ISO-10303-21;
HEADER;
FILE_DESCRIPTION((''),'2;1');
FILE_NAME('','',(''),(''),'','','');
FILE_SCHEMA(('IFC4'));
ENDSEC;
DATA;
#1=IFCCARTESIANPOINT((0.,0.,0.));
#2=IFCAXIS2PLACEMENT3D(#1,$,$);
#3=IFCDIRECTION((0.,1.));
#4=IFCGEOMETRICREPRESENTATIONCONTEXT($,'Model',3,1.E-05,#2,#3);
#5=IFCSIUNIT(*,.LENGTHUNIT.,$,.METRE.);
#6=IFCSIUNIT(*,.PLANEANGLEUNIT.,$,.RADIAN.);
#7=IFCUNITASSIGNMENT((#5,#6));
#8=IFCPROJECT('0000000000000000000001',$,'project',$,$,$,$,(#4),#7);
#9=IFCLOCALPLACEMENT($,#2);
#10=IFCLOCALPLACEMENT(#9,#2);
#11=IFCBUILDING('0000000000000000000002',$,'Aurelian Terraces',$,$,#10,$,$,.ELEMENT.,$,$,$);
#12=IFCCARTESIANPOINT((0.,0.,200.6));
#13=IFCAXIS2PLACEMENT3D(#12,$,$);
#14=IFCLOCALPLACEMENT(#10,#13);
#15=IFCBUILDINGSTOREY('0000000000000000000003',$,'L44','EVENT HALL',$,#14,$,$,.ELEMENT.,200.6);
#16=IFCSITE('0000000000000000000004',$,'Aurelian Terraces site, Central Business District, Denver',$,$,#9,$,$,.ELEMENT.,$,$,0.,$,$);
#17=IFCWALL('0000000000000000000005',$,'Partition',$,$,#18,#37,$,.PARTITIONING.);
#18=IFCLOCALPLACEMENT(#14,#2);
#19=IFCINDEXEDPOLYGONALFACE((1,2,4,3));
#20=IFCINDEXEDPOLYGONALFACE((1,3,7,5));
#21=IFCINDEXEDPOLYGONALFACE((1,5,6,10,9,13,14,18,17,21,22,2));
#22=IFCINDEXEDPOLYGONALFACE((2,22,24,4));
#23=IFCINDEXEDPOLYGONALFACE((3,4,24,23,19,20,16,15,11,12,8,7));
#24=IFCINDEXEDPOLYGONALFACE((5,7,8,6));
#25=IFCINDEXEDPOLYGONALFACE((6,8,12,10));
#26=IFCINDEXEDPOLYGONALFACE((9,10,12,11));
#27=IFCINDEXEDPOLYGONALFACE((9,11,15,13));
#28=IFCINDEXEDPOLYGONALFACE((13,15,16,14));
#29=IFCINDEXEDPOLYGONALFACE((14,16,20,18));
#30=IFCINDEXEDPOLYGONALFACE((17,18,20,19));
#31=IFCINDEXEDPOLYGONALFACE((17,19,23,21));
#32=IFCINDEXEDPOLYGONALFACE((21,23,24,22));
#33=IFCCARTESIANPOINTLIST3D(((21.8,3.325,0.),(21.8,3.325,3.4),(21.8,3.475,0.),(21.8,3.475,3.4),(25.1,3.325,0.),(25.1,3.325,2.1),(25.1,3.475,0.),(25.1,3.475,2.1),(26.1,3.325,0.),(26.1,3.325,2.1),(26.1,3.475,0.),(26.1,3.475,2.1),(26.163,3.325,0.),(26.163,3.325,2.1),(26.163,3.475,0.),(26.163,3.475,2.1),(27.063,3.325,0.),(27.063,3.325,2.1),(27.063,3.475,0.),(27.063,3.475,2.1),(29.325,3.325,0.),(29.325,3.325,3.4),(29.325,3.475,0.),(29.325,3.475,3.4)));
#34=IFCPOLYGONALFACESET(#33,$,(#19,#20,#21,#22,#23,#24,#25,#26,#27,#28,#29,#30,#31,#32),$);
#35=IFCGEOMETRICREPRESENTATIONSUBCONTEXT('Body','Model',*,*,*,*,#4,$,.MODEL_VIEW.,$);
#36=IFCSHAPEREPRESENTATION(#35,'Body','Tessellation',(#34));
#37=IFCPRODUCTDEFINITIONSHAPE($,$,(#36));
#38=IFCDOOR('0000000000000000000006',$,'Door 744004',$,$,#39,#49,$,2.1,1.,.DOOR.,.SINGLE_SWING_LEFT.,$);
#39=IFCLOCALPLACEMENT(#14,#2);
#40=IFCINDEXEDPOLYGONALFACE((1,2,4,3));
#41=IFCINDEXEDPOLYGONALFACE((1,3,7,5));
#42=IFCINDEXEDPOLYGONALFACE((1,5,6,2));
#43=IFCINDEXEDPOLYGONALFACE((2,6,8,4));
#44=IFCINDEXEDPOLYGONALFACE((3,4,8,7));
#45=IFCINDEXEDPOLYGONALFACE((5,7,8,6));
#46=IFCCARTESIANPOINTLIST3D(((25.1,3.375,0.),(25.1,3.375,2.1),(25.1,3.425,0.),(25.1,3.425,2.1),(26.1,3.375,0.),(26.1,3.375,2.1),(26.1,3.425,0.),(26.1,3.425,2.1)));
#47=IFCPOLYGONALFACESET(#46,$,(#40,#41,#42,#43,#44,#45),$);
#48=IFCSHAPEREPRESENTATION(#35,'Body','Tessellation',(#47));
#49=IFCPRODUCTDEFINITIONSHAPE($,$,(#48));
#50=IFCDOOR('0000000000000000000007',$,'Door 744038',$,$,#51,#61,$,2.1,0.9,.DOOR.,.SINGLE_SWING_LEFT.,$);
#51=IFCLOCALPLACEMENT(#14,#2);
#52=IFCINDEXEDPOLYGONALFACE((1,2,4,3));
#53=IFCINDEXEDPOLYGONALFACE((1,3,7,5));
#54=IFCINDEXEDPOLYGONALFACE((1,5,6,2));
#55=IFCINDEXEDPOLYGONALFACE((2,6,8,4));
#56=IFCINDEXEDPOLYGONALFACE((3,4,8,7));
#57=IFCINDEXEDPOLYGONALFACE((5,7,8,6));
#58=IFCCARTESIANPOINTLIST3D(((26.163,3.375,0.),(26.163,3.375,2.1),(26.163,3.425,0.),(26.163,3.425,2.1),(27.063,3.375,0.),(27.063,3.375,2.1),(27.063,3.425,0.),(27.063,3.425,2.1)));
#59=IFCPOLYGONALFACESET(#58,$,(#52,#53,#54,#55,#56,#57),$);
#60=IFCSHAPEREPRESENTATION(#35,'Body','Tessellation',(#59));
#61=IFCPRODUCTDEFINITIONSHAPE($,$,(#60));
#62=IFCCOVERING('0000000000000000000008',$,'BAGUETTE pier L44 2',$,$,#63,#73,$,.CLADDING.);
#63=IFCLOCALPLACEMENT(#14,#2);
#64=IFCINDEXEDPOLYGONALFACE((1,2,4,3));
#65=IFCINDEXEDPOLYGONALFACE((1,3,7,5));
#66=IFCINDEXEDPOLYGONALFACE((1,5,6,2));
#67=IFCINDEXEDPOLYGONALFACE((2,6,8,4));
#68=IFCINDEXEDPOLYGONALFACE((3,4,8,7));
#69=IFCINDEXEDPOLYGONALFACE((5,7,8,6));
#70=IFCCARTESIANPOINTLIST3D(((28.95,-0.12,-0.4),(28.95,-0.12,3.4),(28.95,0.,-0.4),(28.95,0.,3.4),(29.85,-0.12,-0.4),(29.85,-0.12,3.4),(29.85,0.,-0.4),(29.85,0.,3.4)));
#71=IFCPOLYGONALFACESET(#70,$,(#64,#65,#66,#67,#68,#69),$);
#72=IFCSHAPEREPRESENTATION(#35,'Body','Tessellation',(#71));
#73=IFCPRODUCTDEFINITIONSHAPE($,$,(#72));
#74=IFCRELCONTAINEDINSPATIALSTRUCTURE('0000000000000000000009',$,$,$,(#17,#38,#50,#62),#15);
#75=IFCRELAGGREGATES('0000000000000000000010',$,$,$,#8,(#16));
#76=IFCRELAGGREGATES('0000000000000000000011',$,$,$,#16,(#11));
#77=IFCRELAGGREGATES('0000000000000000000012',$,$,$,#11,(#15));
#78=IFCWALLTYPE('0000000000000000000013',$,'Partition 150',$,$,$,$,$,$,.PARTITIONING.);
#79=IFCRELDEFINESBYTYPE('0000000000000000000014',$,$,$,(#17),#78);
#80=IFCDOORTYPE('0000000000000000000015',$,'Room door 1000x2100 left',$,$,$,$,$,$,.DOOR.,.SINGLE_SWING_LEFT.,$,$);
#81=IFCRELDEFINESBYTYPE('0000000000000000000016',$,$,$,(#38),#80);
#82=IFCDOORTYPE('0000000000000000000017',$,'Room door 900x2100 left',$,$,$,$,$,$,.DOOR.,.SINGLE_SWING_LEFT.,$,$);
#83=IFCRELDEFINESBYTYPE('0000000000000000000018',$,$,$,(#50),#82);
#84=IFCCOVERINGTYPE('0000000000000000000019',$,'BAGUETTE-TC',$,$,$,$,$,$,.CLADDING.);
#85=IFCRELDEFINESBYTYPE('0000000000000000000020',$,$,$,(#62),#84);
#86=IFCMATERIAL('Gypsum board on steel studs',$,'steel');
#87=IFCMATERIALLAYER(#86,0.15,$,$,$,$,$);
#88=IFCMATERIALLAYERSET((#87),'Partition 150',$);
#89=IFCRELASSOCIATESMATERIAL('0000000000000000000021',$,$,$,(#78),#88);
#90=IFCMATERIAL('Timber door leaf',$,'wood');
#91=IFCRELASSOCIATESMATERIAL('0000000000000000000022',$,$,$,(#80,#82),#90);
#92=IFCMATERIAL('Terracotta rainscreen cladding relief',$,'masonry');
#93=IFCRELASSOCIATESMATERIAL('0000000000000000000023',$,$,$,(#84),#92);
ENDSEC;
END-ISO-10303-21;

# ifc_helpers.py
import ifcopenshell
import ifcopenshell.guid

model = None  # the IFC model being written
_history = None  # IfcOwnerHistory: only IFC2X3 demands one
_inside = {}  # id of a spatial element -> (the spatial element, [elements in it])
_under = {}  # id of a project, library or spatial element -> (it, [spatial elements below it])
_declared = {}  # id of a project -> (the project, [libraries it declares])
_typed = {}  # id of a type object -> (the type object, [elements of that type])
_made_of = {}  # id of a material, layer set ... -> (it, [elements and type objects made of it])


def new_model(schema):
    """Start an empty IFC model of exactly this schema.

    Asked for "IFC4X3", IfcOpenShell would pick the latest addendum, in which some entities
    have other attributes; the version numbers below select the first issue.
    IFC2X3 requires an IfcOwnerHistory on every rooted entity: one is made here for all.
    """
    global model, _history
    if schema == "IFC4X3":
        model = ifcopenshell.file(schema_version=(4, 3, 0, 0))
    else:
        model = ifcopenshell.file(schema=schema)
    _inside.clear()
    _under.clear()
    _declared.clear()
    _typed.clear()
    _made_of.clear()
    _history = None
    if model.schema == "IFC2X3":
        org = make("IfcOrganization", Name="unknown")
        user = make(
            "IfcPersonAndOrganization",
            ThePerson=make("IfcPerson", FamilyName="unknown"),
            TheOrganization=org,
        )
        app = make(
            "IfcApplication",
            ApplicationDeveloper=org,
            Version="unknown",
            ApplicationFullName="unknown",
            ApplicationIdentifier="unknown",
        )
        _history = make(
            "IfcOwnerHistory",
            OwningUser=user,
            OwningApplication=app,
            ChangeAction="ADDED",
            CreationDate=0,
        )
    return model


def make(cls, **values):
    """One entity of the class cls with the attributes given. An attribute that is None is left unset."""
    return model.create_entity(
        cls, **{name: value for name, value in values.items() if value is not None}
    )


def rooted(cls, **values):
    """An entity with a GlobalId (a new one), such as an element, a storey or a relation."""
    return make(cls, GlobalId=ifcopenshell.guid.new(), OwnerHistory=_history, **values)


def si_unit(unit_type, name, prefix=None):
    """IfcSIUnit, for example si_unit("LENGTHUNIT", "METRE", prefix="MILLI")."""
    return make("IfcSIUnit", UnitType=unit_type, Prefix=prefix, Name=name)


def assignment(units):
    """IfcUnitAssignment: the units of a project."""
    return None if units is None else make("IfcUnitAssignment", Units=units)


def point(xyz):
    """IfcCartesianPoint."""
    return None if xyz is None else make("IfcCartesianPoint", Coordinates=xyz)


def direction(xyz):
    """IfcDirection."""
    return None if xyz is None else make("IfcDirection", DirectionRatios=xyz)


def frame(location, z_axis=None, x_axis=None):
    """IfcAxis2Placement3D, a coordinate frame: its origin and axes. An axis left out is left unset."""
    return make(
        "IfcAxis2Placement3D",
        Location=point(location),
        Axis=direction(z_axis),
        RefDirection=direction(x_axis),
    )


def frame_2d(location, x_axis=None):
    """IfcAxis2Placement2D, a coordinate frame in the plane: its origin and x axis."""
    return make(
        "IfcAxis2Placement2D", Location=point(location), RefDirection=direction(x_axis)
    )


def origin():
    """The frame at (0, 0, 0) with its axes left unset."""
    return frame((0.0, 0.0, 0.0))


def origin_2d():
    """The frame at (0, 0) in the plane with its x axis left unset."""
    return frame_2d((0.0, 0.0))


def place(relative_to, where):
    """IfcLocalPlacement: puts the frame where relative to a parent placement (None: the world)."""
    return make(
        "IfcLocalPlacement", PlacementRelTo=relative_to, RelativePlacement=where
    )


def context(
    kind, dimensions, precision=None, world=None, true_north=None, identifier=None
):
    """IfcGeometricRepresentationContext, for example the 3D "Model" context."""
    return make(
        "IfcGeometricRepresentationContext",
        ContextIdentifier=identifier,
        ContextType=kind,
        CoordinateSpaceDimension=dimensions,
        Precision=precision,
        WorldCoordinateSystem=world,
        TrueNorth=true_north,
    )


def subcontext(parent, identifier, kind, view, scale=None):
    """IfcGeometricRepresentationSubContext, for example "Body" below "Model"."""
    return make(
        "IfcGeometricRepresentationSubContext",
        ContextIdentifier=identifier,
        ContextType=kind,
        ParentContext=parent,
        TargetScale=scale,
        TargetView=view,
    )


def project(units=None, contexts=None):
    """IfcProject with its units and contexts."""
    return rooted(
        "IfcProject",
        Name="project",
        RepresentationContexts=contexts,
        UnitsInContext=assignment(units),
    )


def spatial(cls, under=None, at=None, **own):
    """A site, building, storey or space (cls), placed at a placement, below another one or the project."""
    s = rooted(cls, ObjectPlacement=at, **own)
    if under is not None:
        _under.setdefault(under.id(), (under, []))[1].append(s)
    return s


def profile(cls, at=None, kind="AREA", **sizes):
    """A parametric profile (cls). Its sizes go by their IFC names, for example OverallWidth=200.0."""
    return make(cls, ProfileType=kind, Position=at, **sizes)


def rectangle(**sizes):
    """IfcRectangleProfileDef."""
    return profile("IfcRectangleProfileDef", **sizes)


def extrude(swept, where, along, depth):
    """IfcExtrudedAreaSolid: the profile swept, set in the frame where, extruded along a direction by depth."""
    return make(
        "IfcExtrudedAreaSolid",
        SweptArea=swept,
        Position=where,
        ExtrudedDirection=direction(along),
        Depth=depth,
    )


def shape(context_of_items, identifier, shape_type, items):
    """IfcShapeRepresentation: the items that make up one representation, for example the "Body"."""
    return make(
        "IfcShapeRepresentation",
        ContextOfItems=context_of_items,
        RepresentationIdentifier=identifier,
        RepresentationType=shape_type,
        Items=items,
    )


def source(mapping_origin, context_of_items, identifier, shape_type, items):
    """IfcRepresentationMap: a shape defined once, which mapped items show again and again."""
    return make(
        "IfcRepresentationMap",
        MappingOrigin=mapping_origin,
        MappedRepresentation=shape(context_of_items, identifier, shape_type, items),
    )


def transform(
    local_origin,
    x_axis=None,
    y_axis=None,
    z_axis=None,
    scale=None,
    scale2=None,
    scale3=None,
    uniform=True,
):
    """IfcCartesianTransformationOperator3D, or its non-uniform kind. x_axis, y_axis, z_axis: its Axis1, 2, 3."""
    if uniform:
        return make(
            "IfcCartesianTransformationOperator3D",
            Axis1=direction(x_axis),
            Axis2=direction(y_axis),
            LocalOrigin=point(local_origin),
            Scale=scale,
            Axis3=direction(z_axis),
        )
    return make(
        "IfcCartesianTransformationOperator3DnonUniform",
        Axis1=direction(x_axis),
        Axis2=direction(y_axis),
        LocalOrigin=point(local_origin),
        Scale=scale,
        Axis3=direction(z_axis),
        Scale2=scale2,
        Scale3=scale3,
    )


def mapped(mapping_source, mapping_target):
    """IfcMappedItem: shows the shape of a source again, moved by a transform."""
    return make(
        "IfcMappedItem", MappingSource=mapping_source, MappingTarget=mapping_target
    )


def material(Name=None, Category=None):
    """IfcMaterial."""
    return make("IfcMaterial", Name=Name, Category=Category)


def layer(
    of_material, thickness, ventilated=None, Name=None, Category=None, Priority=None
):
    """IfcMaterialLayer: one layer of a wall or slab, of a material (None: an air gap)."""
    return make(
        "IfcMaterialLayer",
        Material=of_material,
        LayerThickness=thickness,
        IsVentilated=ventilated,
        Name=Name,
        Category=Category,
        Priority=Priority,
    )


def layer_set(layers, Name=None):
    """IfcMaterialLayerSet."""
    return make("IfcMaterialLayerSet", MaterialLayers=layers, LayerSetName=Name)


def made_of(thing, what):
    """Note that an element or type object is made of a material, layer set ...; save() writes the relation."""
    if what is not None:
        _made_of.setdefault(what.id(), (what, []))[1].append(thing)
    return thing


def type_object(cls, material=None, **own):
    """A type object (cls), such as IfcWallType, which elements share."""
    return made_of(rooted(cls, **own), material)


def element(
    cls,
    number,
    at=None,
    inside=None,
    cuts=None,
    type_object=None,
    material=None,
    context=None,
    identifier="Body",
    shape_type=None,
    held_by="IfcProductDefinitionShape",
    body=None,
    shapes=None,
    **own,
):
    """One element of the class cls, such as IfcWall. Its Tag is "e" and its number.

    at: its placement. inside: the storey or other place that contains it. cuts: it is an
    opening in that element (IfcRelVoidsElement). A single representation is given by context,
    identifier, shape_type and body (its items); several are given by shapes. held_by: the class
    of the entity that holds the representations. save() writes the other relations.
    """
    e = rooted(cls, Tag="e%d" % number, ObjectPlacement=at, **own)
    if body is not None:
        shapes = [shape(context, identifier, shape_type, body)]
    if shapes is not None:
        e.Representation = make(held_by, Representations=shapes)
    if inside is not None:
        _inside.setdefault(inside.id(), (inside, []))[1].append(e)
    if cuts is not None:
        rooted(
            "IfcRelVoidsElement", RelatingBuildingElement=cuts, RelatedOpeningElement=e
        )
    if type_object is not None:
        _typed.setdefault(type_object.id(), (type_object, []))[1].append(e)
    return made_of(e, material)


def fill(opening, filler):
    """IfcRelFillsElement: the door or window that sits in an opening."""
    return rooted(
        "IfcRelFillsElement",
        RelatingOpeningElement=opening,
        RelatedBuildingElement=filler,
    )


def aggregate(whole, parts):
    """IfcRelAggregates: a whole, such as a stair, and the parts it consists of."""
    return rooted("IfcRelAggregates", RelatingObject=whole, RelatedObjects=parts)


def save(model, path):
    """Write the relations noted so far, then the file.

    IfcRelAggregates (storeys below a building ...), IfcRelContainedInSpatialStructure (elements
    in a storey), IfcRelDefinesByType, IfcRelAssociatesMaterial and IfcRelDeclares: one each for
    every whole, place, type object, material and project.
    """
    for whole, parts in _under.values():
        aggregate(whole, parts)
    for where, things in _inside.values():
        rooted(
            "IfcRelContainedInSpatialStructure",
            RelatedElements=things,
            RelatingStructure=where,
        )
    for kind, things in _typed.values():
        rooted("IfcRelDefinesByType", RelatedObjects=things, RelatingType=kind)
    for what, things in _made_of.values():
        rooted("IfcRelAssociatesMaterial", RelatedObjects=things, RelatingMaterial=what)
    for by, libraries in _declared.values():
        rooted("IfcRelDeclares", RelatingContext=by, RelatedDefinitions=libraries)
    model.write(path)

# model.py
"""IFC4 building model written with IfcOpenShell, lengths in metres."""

from ifc_helpers import new_model, si_unit, direction, frame, frame_2d, origin, origin_2d, place, context, subcontext, project, spatial, rectangle, extrude, source, transform, mapped, material, layer, layer_set, type_object, element, fill, save


model = new_model("IFC4")

# Units and contexts
model_context = context("Model", 3, precision=1e-05, world=origin(), true_north=direction((0.0, 1.0)))
body_context = subcontext(model_context, "Body", "Model", "MODEL_VIEW")
ifc_project = project(units=[si_unit("LENGTHUNIT", "METRE"), si_unit("PLANEANGLEUNIT", "RADIAN")], contexts=[model_context])

# Site, building, storey
site_placement = place(None, origin())
site = spatial("IfcSite", under=ifc_project, at=site_placement, Name="Aurelian Terraces site, Central Business District, Denver", CompositionType="ELEMENT", RefElevation=0.0)
building_placement = place(site_placement, origin())
building = spatial("IfcBuilding", under=site, at=building_placement, Name="Aurelian Terraces", CompositionType="ELEMENT")
storey_placement = place(building_placement, frame((0.0, 0.0, 200.6)))
storey = spatial("IfcBuildingStorey", under=building, at=storey_placement, Name="L44", Description="EVENT HALL", CompositionType="ELEMENT", Elevation=200.6)

# Shared definitions
ifc_material_1 = material(Name="Gypsum board on steel studs", Category="steel")
ifc_layer_1 = layer(ifc_material_1, 0.15)
ifc_layer_set_1 = layer_set([ifc_layer_1], Name="Partition 150")
wall_type_1 = type_object("IfcWallType", Name="Partition 150", PredefinedType="PARTITIONING", material=ifc_layer_set_1)

# Wall, openings, doors
shared_shape_1 = source(origin(), body_context, "Body", "SweptSolid", [
    extrude(rectangle(XDim=7.525, YDim=0.15, at=frame_2d((3.7625, 0.0))), origin(), (0.0, 0.0, 1.0), 3.4),
])
wall_1_placement = place(storey_placement, frame((21.8, 3.4, 0.0), z_axis=(0.0, 0.0, 1.0), x_axis=(1.0, 0.0, 0.0)))
wall_1 = element("IfcWall", 1, at=wall_1_placement, inside=storey, type_object=wall_type_1, Name="Partition", PredefinedType="PARTITIONING", context=body_context, shape_type="MappedRepresentation", body=[
    mapped(shared_shape_1, transform((0.0, 0.0, 0.0), scale=1.0)),
])
shared_shape_2 = source(origin(), body_context, "Body", "SweptSolid", [
    extrude(rectangle(XDim=1.0, YDim=2.1, at=frame_2d((0.5, 1.05))), frame((0.0, 0.085, 0.0), z_axis=(0.0, -1.0, 0.0), x_axis=(1.0, 0.0, 0.0)), (0.0, 0.0, 1.0), 0.17),
])
opening_1_placement = place(wall_1_placement, frame((3.3, 0.0, 0.0)))
opening_1 = element("IfcOpeningElement", 2, at=opening_1_placement, cuts=wall_1, PredefinedType="OPENING", context=body_context, shape_type="MappedRepresentation", body=[
    mapped(shared_shape_2, transform((0.0, 0.0, 0.0), scale=1.0)),
])
shared_shape_3 = source(origin(), body_context, "Body", "SweptSolid", [
    extrude(rectangle(XDim=0.9, YDim=2.1, at=frame_2d((0.45, 1.05))), frame((0.0, 0.085, 0.0), z_axis=(0.0, -1.0, 0.0), x_axis=(1.0, 0.0, 0.0)), (0.0, 0.0, 1.0), 0.17),
])
opening_2_placement = place(wall_1_placement, frame((4.363, 0.0, 0.0)))
opening_2 = element("IfcOpeningElement", 3, at=opening_2_placement, cuts=wall_1, PredefinedType="OPENING", context=body_context, shape_type="MappedRepresentation", body=[
    mapped(shared_shape_3, transform((0.0, 0.0, 0.0), scale=1.0)),
])
ifc_material_2 = material(Name="Timber door leaf", Category="wood")
door_type_1 = type_object("IfcDoorType", Name="Room door 1000x2100 left", OperationType="SINGLE_SWING_LEFT", PredefinedType="DOOR", material=ifc_material_2)
shared_shape_4 = source(origin(), body_context, "Body", "SweptSolid", [
    extrude(rectangle(XDim=1.0, YDim=2.1, at=frame_2d((0.5, 1.05))), frame((0.0, 0.025, 0.0), z_axis=(0.0, -1.0, 0.0), x_axis=(1.0, 0.0, 0.0)), (0.0, 0.0, 1.0), 0.05),
])
door_1_placement = place(opening_1_placement, origin())
door_1 = element("IfcDoor", 4, at=door_1_placement, inside=storey, type_object=door_type_1, Name="Door 744004", OperationType="SINGLE_SWING_LEFT", OverallHeight=2.1, OverallWidth=1.0, PredefinedType="DOOR", context=body_context, shape_type="MappedRepresentation", body=[
    mapped(shared_shape_4, transform((0.0, 0.0, 0.0), scale=1.0)),
])
fill(opening_1, door_1)
door_type_2 = type_object("IfcDoorType", Name="Room door 900x2100 left", OperationType="SINGLE_SWING_LEFT", PredefinedType="DOOR", material=ifc_material_2)
shared_shape_5 = source(origin(), body_context, "Body", "SweptSolid", [
    extrude(rectangle(XDim=0.9, YDim=2.1, at=frame_2d((0.45, 1.05))), frame((0.0, 0.025, 0.0), z_axis=(0.0, -1.0, 0.0), x_axis=(1.0, 0.0, 0.0)), (0.0, 0.0, 1.0), 0.05),
])
door_2_placement = place(opening_2_placement, origin())
door_2 = element("IfcDoor", 5, at=door_2_placement, inside=storey, type_object=door_type_2, Name="Door 744038", OperationType="SINGLE_SWING_LEFT", OverallHeight=2.1, OverallWidth=0.9, PredefinedType="DOOR", context=body_context, shape_type="MappedRepresentation", body=[
    mapped(shared_shape_5, transform((0.0, 0.0, 0.0), scale=1.0)),
])
fill(opening_2, door_2)

# Covering
ifc_material_3 = material(Name="Terracotta rainscreen cladding relief", Category="masonry")
covering_type = type_object("IfcCoveringType", Name="BAGUETTE-TC", PredefinedType="CLADDING", material=ifc_material_3)
shared_shape_6 = source(origin(), body_context, "Body", "SweptSolid", [
    extrude(rectangle(XDim=0.9, YDim=0.12, at=origin_2d()), origin(), (0.0, 0.0, 1.0), 3.8),
])
covering_placement = place(storey_placement, frame((29.4, -0.06, -0.4), z_axis=(0.0, 0.0, 1.0), x_axis=(1.0, 0.0, 0.0)))
element("IfcCovering", 6, at=covering_placement, inside=storey, type_object=covering_type, Name="BAGUETTE pier L44 2", PredefinedType="CLADDING", context=body_context, shape_type="MappedRepresentation", body=[
    mapped(shared_shape_6, transform((0.0, 0.0, 0.0), scale=1.0)),
])

save(model, "model.ifc")
